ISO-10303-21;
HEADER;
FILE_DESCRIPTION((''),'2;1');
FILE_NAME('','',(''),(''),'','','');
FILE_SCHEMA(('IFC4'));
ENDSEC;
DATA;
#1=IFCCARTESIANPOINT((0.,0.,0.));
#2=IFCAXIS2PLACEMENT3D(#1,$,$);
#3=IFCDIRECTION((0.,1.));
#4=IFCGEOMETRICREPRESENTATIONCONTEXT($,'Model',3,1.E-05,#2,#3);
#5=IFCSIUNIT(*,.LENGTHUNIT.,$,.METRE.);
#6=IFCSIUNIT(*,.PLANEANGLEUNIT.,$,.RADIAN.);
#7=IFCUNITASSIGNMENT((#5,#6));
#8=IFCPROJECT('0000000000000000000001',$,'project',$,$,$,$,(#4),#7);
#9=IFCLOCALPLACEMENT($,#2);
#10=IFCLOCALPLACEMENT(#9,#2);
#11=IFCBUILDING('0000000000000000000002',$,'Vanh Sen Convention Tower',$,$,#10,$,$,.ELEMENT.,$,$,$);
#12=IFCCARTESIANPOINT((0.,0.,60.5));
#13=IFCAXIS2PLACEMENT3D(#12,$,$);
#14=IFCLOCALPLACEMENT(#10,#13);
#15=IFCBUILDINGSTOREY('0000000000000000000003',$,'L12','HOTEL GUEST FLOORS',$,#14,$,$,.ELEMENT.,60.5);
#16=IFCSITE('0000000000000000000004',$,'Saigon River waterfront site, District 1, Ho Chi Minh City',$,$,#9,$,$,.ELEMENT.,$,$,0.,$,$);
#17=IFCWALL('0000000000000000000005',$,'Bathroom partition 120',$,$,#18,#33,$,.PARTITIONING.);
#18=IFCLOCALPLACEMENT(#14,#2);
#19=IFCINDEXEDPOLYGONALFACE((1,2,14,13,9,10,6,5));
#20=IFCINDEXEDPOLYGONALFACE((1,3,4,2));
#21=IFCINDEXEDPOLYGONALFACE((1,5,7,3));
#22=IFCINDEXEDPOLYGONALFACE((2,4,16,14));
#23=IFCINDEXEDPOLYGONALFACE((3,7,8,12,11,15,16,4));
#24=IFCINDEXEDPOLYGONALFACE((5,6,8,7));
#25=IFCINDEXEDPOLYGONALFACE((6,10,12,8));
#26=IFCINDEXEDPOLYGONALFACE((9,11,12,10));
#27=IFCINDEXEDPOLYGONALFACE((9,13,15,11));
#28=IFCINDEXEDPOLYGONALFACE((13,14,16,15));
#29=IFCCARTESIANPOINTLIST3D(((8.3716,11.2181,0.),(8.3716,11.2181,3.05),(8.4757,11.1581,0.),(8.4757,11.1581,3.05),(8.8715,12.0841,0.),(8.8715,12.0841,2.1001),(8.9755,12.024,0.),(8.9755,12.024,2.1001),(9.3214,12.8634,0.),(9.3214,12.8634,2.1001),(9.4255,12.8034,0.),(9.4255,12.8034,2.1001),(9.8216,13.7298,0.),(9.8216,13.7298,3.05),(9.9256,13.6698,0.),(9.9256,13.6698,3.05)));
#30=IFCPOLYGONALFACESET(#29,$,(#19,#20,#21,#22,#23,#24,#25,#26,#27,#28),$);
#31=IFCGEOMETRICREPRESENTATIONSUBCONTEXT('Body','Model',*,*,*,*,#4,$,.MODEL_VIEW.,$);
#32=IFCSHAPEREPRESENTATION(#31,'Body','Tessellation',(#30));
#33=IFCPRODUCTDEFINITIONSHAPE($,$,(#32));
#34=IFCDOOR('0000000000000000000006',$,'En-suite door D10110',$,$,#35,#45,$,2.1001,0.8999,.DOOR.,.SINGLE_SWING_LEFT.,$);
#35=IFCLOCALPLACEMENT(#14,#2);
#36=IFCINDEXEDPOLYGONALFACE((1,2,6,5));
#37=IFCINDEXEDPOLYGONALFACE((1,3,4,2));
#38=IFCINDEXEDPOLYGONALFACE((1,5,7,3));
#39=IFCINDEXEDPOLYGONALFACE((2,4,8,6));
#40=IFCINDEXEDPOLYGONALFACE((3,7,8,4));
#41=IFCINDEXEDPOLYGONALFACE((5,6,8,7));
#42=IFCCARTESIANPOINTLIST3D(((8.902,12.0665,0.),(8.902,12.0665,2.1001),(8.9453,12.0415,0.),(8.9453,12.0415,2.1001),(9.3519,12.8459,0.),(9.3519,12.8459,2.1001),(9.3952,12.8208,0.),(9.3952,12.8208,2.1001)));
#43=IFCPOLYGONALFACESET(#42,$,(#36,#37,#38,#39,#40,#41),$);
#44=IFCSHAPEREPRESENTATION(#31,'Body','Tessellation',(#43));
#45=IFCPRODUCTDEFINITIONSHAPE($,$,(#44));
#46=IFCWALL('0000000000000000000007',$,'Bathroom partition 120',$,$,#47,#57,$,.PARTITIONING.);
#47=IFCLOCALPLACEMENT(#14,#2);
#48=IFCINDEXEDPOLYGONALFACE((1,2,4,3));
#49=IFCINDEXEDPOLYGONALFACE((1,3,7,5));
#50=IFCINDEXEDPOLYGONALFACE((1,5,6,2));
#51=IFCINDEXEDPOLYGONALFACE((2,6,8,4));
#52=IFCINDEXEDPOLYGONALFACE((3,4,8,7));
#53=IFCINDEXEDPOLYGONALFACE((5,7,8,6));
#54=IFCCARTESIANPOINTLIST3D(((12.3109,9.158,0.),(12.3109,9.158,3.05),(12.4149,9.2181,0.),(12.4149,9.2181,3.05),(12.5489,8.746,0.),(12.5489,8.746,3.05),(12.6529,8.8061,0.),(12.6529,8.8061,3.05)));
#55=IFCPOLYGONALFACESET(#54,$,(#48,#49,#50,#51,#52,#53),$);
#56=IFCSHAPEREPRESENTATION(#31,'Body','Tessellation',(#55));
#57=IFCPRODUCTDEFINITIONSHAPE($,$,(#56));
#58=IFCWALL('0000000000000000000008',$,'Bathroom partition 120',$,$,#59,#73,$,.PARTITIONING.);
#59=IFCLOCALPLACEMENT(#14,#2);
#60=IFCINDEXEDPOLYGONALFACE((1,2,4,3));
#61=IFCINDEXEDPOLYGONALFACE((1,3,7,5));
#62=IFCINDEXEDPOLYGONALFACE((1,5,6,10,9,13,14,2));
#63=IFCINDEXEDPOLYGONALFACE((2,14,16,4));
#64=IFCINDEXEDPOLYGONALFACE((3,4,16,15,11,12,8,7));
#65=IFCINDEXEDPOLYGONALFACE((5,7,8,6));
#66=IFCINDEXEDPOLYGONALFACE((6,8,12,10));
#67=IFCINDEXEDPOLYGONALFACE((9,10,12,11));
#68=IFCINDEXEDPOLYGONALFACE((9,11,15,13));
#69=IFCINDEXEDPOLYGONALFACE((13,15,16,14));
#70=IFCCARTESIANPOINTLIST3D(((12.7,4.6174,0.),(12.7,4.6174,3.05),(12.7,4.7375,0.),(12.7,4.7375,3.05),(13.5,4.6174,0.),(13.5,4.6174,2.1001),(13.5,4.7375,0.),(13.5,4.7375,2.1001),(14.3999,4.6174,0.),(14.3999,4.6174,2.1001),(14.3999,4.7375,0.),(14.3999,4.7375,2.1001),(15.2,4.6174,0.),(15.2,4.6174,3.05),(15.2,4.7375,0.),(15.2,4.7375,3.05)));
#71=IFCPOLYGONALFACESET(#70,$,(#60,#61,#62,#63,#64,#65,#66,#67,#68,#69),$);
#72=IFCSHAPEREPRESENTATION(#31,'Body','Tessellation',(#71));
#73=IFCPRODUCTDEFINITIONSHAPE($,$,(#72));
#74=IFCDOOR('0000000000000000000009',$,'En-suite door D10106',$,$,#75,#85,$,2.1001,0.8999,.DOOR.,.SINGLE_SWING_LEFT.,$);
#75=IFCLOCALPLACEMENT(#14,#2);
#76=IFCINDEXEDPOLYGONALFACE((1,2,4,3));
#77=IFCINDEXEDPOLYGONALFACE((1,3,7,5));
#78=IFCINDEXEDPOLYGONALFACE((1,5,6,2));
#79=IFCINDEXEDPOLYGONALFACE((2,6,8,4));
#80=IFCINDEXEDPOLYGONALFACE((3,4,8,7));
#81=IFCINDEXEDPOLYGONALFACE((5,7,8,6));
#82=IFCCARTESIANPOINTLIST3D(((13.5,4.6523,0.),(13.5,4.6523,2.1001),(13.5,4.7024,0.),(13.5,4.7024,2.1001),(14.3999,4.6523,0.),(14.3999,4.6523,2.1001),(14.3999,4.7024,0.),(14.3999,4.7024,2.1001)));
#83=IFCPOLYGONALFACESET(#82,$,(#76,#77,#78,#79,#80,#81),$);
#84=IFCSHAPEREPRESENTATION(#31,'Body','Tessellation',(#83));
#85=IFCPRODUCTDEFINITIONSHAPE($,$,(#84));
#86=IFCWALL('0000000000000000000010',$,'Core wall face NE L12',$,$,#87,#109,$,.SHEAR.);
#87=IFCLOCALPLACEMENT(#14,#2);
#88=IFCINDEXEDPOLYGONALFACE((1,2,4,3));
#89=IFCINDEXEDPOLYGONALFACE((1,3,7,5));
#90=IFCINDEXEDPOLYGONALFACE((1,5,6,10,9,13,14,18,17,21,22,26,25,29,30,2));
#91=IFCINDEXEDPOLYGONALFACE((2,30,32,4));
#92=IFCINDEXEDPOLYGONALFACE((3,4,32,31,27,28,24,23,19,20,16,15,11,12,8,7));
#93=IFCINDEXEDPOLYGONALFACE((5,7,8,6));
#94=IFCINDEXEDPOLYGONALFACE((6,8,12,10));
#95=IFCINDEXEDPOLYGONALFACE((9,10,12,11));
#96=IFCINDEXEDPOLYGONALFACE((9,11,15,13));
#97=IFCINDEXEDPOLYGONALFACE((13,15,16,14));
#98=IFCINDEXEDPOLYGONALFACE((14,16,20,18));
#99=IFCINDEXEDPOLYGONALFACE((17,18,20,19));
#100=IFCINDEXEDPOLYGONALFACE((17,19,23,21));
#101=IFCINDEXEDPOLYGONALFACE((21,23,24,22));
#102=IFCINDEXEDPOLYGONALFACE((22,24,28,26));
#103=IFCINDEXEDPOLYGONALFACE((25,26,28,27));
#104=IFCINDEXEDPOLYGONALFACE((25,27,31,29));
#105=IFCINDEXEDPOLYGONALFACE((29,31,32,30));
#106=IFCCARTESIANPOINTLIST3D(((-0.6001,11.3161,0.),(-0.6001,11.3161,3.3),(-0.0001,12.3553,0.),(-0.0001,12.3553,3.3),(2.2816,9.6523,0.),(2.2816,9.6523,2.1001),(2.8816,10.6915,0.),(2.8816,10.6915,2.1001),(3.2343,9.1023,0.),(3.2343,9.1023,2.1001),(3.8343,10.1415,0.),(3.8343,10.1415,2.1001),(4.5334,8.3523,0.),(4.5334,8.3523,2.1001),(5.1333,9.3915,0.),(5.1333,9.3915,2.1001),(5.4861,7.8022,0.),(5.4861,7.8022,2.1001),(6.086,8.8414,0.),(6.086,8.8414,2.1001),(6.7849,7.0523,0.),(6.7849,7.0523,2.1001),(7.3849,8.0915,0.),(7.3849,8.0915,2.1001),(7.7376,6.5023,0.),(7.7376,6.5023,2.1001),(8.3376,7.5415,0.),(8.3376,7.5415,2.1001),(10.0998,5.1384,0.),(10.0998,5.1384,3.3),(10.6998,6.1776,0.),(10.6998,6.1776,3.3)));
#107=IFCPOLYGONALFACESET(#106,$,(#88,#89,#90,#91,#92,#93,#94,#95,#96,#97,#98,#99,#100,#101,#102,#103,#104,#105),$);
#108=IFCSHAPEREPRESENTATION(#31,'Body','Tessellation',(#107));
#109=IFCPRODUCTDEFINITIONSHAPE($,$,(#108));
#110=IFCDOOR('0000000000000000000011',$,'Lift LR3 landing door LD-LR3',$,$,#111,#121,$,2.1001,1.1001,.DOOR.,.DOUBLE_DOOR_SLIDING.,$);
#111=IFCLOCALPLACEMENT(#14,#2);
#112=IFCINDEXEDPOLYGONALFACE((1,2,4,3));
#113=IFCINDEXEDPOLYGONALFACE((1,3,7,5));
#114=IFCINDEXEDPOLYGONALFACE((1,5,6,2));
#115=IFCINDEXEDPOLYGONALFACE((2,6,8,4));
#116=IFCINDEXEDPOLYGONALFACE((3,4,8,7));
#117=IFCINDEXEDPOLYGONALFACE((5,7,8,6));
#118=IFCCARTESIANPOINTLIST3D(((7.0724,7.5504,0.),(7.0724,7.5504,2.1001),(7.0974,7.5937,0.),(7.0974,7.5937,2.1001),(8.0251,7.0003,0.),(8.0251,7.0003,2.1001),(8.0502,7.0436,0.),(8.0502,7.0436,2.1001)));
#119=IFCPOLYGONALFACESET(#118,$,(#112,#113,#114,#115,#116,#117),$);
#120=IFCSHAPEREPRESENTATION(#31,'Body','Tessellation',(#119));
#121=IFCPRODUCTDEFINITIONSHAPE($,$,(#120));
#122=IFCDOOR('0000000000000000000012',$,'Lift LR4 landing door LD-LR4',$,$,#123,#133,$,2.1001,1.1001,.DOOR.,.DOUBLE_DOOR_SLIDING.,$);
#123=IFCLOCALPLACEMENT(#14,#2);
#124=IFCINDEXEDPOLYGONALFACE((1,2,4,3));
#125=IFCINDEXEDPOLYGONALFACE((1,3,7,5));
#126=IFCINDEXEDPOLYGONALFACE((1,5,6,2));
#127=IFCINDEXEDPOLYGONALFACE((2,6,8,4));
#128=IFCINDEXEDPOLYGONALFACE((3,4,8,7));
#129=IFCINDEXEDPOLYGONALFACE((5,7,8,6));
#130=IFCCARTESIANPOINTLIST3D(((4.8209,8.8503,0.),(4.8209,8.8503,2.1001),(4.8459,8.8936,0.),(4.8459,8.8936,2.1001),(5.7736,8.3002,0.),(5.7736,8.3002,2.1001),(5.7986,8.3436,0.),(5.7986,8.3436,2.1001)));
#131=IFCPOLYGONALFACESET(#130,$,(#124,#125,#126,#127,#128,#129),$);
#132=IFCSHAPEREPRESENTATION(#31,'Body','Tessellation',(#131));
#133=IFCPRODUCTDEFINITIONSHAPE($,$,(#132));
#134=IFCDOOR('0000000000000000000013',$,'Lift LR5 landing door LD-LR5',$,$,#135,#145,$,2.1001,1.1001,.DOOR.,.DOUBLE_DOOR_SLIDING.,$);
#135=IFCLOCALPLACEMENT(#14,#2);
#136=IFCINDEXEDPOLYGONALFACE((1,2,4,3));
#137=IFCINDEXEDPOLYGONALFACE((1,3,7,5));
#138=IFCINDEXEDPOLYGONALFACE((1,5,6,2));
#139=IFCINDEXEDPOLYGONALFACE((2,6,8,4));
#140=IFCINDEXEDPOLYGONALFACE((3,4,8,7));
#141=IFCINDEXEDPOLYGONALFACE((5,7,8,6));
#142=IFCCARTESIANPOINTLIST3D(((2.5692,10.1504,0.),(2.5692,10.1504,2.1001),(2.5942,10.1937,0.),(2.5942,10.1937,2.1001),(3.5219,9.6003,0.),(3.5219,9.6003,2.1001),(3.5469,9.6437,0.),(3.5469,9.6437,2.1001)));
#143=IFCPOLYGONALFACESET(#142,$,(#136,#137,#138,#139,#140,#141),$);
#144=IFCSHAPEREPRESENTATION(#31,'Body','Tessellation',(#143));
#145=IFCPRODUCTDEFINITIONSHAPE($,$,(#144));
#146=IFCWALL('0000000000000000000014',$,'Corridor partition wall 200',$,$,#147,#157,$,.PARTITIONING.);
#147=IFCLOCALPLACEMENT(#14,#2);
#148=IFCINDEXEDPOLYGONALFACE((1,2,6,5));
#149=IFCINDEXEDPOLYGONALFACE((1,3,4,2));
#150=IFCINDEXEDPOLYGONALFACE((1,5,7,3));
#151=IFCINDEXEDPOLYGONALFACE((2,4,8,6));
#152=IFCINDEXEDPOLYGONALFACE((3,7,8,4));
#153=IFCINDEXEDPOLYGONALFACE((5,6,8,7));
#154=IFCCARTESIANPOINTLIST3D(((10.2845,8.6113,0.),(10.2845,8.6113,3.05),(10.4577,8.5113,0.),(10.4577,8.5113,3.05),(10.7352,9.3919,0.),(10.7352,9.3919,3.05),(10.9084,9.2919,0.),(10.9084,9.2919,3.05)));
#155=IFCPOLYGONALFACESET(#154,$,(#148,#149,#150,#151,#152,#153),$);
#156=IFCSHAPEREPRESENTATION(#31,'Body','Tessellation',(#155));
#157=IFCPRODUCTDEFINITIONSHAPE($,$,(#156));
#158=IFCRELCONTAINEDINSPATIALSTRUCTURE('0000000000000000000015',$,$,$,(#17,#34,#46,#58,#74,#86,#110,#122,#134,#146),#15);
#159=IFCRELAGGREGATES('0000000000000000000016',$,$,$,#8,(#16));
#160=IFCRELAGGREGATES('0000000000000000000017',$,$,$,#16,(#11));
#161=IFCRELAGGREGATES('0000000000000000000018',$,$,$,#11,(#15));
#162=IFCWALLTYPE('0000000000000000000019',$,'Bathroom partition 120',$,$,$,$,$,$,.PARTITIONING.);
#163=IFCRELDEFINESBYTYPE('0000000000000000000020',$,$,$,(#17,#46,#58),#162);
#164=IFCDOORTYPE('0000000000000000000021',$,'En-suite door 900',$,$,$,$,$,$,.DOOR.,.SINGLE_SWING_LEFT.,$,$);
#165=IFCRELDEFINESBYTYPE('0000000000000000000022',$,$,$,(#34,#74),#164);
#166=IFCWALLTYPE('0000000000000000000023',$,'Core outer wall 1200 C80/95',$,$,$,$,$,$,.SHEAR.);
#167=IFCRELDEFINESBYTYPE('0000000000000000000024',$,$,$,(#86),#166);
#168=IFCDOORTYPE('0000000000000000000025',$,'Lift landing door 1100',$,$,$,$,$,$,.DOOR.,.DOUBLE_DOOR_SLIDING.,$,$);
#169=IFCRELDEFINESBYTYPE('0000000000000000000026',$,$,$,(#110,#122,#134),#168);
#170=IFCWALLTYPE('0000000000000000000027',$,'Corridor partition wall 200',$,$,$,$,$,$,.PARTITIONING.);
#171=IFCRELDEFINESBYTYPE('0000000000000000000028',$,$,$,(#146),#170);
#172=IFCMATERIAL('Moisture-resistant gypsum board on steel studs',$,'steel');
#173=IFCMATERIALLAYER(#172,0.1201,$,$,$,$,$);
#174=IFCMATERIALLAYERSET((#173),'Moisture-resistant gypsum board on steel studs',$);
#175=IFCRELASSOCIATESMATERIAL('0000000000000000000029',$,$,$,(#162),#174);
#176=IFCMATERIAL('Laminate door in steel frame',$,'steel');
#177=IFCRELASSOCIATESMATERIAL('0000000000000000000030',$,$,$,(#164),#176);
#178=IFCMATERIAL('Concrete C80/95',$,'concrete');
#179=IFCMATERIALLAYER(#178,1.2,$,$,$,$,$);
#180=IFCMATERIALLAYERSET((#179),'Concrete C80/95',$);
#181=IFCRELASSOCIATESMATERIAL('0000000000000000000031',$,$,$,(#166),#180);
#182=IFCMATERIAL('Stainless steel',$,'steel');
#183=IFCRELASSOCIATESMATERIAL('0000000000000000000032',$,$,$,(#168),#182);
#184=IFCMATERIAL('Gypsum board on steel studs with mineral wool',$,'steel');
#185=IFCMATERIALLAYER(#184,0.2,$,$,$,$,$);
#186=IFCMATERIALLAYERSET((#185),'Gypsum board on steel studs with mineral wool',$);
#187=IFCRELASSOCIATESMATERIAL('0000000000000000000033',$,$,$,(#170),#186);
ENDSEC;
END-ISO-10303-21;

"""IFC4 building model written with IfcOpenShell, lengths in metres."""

from ifc_helpers import new_model, si_unit, direction, frame, frame_2d, origin, place, context, subcontext, project, spatial, rectangle, extrude, material, layer, layer_set, type_object, element, fill, save


model = new_model("IFC4")

# Units and contexts
model_context = context("Model", 3, precision=1e-05, world=origin(), true_north=direction((0.0, 1.0)))
body_context = subcontext(model_context, "Body", "Model", "MODEL_VIEW")
ifc_project = project(units=[si_unit("LENGTHUNIT", "METRE"), si_unit("PLANEANGLEUNIT", "RADIAN")], contexts=[model_context])

# Site, building, storey
site_placement = place(None, origin())
site = spatial("IfcSite", under=ifc_project, at=site_placement, Name="Saigon River waterfront site, District 1, Ho Chi Minh City", CompositionType="ELEMENT", RefElevation=0.0)
building_placement = place(site_placement, origin())
building = spatial("IfcBuilding", under=site, at=building_placement, Name="Vanh Sen Convention Tower", CompositionType="ELEMENT")
storey_placement = place(building_placement, frame((0.0, 0.0, 60.5)))
storey = spatial("IfcBuildingStorey", under=building, at=storey_placement, Name="L12", Description="HOTEL GUEST FLOORS", CompositionType="ELEMENT", Elevation=60.5)

# Wall, opening, door
ifc_material_1 = material(Name="Moisture-resistant gypsum board on steel studs", Category="steel")
ifc_layer_1 = layer(ifc_material_1, 0.1201)
ifc_layer_set_1 = layer_set([ifc_layer_1], Name="Moisture-resistant gypsum board on steel studs")
wall_type_1 = type_object("IfcWallType", Name="Bathroom partition 120", PredefinedType="PARTITIONING", material=ifc_layer_set_1)
wall_1_placement = place(storey_placement, frame((8.4236, 11.188, 0.0), z_axis=(0.0, 0.0, 1.0), x_axis=(0.499951, 0.866054, 0.0)))
wall_1 = element("IfcWall", 1, at=wall_1_placement, inside=storey, type_object=wall_type_1, Name="Bathroom partition 120", PredefinedType="PARTITIONING", context=body_context, shape_type="SweptSolid", body=[
    extrude(rectangle(XDim=2.9001, YDim=0.1201, at=frame_2d((1.4502, 0.0))), origin(), (0.0, 0.0, 1.0), 3.05),
])
opening_1_placement = place(wall_1_placement, frame((1.0, 0.0, 0.0)))
opening_1 = element("IfcOpeningElement", 2, at=opening_1_placement, cuts=wall_1, PredefinedType="OPENING", context=body_context, shape_type="SweptSolid", body=[
    extrude(rectangle(XDim=0.8999, YDim=2.1001, at=frame_2d((0.45, 1.05))), frame((0.0, 0.0701, 0.0), z_axis=(0.0, -1.0, 0.0), x_axis=(1.0, 0.0, 0.0)), (0.0, 0.0, 1.0), 0.1401),
])
ifc_material_2 = material(Name="Laminate door in steel frame", Category="steel")
door_type_1 = type_object("IfcDoorType", Name="En-suite door 900", OperationType="SINGLE_SWING_LEFT", PredefinedType="DOOR", material=ifc_material_2)
door_1_placement = place(opening_1_placement, origin())
door_1 = element("IfcDoor", 3, at=door_1_placement, inside=storey, type_object=door_type_1, Name="En-suite door D10110", OperationType="SINGLE_SWING_LEFT", OverallHeight=2.1001, OverallWidth=0.8999, PredefinedType="DOOR", context=body_context, shape_type="SweptSolid", body=[
    extrude(rectangle(XDim=0.8999, YDim=2.1001, at=frame_2d((0.45, 1.05))), frame((0.0, 0.0249, 0.0), z_axis=(0.0, -1.0, 0.0), x_axis=(1.0, 0.0, 0.0)), (0.0, 0.0, 1.0), 0.05),
])
fill(opening_1, door_1)

# Wall
wall_2_placement = place(storey_placement, frame((12.6008, 8.7761, 0.0), z_axis=(0.0, 0.0, 1.0), x_axis=(-0.500166, 0.865929, 0.0)))
element("IfcWall", 4, at=wall_2_placement, inside=storey, type_object=wall_type_1, Name="Bathroom partition 120", PredefinedType="PARTITIONING", context=body_context, shape_type="SweptSolid", body=[
    extrude(rectangle(XDim=0.4758, YDim=0.1201, at=frame_2d((0.2378, 0.0))), origin(), (0.0, 0.0, 1.0), 3.05),
])

# Wall, opening, door
wall_3_placement = place(storey_placement, frame((12.7, 4.6775, 0.0), z_axis=(0.0, 0.0, 1.0), x_axis=(1.0, 0.0, 0.0)))
wall_3 = element("IfcWall", 5, at=wall_3_placement, inside=storey, type_object=wall_type_1, Name="Bathroom partition 120", PredefinedType="PARTITIONING", context=body_context, shape_type="SweptSolid", body=[
    extrude(rectangle(XDim=2.5, YDim=0.1201, at=frame_2d((1.25, 0.0))), origin(), (0.0, 0.0, 1.0), 3.05),
])
opening_2_placement = place(wall_3_placement, frame((0.8, 0.0, 0.0)))
opening_2 = element("IfcOpeningElement", 6, at=opening_2_placement, cuts=wall_3, PredefinedType="OPENING", context=body_context, shape_type="SweptSolid", body=[
    extrude(rectangle(XDim=0.8999, YDim=2.1001, at=frame_2d((0.45, 1.05))), frame((0.0, 0.0701, 0.0), z_axis=(0.0, -1.0, 0.0), x_axis=(1.0, 0.0, 0.0)), (0.0, 0.0, 1.0), 0.1401),
])
door_2_placement = place(opening_2_placement, origin())
door_2 = element("IfcDoor", 7, at=door_2_placement, inside=storey, type_object=door_type_1, Name="En-suite door D10106", OperationType="SINGLE_SWING_LEFT", OverallHeight=2.1001, OverallWidth=0.8999, PredefinedType="DOOR", context=body_context, shape_type="SweptSolid", body=[
    extrude(rectangle(XDim=0.8999, YDim=2.1001, at=frame_2d((0.45, 1.05))), frame((0.0, 0.0249, 0.0), z_axis=(0.0, -1.0, 0.0), x_axis=(1.0, 0.0, 0.0)), (0.0, 0.0, 1.0), 0.05),
])
fill(opening_2, door_2)

# Wall, openings, doors
ifc_material_3 = material(Name="Concrete C80/95", Category="concrete")
ifc_layer_2 = layer(ifc_material_3, 1.2)
ifc_layer_set_2 = layer_set([ifc_layer_2], Name="Concrete C80/95")
wall_type_2 = type_object("IfcWallType", Name="Core outer wall 1200 C80/95", PredefinedType="SHEAR", material=ifc_layer_set_2)
wall_4_placement = place(storey_placement, frame((10.3999, 5.658, 0.0), z_axis=(0.0, 0.0, 1.0), x_axis=(-0.866021, 0.500007, 0.0)))
wall_4 = element("IfcWall", 8, at=wall_4_placement, inside=storey, type_object=wall_type_2, Name="Core wall face NE L12", PredefinedType="SHEAR", context=body_context, shape_type="SweptSolid", body=[
    extrude(rectangle(XDim=12.3552, YDim=1.2, at=frame_2d((6.1777, 0.0))), origin(), (0.0, 0.0, 1.0), 3.3),
])
opening_3_placement = place(wall_4_placement, frame((2.7278, 0.0, 0.0)))
opening_3 = element("IfcOpeningElement", 9, at=opening_3_placement, cuts=wall_4, PredefinedType="OPENING", context=body_context, shape_type="SweptSolid", body=[
    extrude(rectangle(XDim=1.1001, YDim=2.1001, at=frame_2d((0.55, 1.05))), frame((0.0, 0.6099, 0.0), z_axis=(0.0, -1.0, 0.0), x_axis=(1.0, 0.0, 0.0)), (0.0, 0.0, 1.0), 1.22),
])
opening_4_placement = place(wall_4_placement, frame((5.3276, 0.0, 0.0)))
opening_4 = element("IfcOpeningElement", 10, at=opening_4_placement, cuts=wall_4, PredefinedType="OPENING", context=body_context, shape_type="SweptSolid", body=[
    extrude(rectangle(XDim=1.1001, YDim=2.1001, at=frame_2d((0.55, 1.05))), frame((0.0, 0.6099, 0.0), z_axis=(0.0, -1.0, 0.0), x_axis=(1.0, 0.0, 0.0)), (0.0, 0.0, 1.0), 1.22),
])
opening_5_placement = place(wall_4_placement, frame((7.9277, 0.0, 0.0)))
opening_5 = element("IfcOpeningElement", 11, at=opening_5_placement, cuts=wall_4, PredefinedType="OPENING", context=body_context, shape_type="SweptSolid", body=[
    extrude(rectangle(XDim=1.1001, YDim=2.1001, at=frame_2d((0.55, 1.05))), frame((0.0, 0.6099, 0.0), z_axis=(0.0, -1.0, 0.0), x_axis=(1.0, 0.0, 0.0)), (0.0, 0.0, 1.0), 1.22),
])
ifc_material_4 = material(Name="Stainless steel", Category="steel")
door_type_2 = type_object("IfcDoorType", Name="Lift landing door 1100", OperationType="DOUBLE_DOOR_SLIDING", PredefinedType="DOOR", material=ifc_material_4)
door_3_placement = place(opening_3_placement, origin())
door_3 = element("IfcDoor", 12, at=door_3_placement, inside=storey, type_object=door_type_2, Name="Lift LR3 landing door LD-LR3", OperationType="DOUBLE_DOOR_SLIDING", OverallHeight=2.1001, OverallWidth=1.1001, PredefinedType="DOOR", context=body_context, shape_type="SweptSolid", body=[
    extrude(rectangle(XDim=1.1001, YDim=2.1001, at=frame_2d((0.55, 1.05))), frame((0.0, 0.0249, 0.0), z_axis=(0.0, -1.0, 0.0), x_axis=(1.0, 0.0, 0.0)), (0.0, 0.0, 1.0), 0.05),
])
fill(opening_3, door_3)
door_4_placement = place(opening_4_placement, origin())
door_4 = element("IfcDoor", 13, at=door_4_placement, inside=storey, type_object=door_type_2, Name="Lift LR4 landing door LD-LR4", OperationType="DOUBLE_DOOR_SLIDING", OverallHeight=2.1001, OverallWidth=1.1001, PredefinedType="DOOR", context=body_context, shape_type="SweptSolid", body=[
    extrude(rectangle(XDim=1.1001, YDim=2.1001, at=frame_2d((0.55, 1.05))), frame((0.0, 0.0249, 0.0), z_axis=(0.0, -1.0, 0.0), x_axis=(1.0, 0.0, 0.0)), (0.0, 0.0, 1.0), 0.05),
])
fill(opening_4, door_4)
door_5_placement = place(opening_5_placement, origin())
door_5 = element("IfcDoor", 14, at=door_5_placement, inside=storey, type_object=door_type_2, Name="Lift LR5 landing door LD-LR5", OperationType="DOUBLE_DOOR_SLIDING", OverallHeight=2.1001, OverallWidth=1.1001, PredefinedType="DOOR", context=body_context, shape_type="SweptSolid", body=[
    extrude(rectangle(XDim=1.1001, YDim=2.1001, at=frame_2d((0.55, 1.05))), frame((0.0, 0.0249, 0.0), z_axis=(0.0, -1.0, 0.0), x_axis=(1.0, 0.0, 0.0)), (0.0, 0.0, 1.0), 0.05),
])
fill(opening_5, door_5)

# Wall
ifc_material_5 = material(Name="Gypsum board on steel studs with mineral wool", Category="steel")
ifc_layer_3 = layer(ifc_material_5, 0.2)
ifc_layer_set_3 = layer_set([ifc_layer_3], Name="Gypsum board on steel studs with mineral wool")
wall_type_3 = type_object("IfcWallType", Name="Corridor partition wall 200", PredefinedType="PARTITIONING", material=ifc_layer_set_3)
wall_5_placement = place(storey_placement, frame((10.3711, 8.5613, 0.0), z_axis=(0.0, 0.0, 1.0), x_axis=(0.500043, 0.866001, 0.0)))
element("IfcWall", 15, at=wall_5_placement, inside=storey, type_object=wall_type_3, Name="Corridor partition wall 200", PredefinedType="PARTITIONING", context=body_context, shape_type="SweptSolid", body=[
    extrude(rectangle(XDim=0.9014, YDim=0.2, at=frame_2d((0.4507, 0.0))), origin(), (0.0, 0.0, 1.0), 3.05),
])

save(model, "model.ifc")
